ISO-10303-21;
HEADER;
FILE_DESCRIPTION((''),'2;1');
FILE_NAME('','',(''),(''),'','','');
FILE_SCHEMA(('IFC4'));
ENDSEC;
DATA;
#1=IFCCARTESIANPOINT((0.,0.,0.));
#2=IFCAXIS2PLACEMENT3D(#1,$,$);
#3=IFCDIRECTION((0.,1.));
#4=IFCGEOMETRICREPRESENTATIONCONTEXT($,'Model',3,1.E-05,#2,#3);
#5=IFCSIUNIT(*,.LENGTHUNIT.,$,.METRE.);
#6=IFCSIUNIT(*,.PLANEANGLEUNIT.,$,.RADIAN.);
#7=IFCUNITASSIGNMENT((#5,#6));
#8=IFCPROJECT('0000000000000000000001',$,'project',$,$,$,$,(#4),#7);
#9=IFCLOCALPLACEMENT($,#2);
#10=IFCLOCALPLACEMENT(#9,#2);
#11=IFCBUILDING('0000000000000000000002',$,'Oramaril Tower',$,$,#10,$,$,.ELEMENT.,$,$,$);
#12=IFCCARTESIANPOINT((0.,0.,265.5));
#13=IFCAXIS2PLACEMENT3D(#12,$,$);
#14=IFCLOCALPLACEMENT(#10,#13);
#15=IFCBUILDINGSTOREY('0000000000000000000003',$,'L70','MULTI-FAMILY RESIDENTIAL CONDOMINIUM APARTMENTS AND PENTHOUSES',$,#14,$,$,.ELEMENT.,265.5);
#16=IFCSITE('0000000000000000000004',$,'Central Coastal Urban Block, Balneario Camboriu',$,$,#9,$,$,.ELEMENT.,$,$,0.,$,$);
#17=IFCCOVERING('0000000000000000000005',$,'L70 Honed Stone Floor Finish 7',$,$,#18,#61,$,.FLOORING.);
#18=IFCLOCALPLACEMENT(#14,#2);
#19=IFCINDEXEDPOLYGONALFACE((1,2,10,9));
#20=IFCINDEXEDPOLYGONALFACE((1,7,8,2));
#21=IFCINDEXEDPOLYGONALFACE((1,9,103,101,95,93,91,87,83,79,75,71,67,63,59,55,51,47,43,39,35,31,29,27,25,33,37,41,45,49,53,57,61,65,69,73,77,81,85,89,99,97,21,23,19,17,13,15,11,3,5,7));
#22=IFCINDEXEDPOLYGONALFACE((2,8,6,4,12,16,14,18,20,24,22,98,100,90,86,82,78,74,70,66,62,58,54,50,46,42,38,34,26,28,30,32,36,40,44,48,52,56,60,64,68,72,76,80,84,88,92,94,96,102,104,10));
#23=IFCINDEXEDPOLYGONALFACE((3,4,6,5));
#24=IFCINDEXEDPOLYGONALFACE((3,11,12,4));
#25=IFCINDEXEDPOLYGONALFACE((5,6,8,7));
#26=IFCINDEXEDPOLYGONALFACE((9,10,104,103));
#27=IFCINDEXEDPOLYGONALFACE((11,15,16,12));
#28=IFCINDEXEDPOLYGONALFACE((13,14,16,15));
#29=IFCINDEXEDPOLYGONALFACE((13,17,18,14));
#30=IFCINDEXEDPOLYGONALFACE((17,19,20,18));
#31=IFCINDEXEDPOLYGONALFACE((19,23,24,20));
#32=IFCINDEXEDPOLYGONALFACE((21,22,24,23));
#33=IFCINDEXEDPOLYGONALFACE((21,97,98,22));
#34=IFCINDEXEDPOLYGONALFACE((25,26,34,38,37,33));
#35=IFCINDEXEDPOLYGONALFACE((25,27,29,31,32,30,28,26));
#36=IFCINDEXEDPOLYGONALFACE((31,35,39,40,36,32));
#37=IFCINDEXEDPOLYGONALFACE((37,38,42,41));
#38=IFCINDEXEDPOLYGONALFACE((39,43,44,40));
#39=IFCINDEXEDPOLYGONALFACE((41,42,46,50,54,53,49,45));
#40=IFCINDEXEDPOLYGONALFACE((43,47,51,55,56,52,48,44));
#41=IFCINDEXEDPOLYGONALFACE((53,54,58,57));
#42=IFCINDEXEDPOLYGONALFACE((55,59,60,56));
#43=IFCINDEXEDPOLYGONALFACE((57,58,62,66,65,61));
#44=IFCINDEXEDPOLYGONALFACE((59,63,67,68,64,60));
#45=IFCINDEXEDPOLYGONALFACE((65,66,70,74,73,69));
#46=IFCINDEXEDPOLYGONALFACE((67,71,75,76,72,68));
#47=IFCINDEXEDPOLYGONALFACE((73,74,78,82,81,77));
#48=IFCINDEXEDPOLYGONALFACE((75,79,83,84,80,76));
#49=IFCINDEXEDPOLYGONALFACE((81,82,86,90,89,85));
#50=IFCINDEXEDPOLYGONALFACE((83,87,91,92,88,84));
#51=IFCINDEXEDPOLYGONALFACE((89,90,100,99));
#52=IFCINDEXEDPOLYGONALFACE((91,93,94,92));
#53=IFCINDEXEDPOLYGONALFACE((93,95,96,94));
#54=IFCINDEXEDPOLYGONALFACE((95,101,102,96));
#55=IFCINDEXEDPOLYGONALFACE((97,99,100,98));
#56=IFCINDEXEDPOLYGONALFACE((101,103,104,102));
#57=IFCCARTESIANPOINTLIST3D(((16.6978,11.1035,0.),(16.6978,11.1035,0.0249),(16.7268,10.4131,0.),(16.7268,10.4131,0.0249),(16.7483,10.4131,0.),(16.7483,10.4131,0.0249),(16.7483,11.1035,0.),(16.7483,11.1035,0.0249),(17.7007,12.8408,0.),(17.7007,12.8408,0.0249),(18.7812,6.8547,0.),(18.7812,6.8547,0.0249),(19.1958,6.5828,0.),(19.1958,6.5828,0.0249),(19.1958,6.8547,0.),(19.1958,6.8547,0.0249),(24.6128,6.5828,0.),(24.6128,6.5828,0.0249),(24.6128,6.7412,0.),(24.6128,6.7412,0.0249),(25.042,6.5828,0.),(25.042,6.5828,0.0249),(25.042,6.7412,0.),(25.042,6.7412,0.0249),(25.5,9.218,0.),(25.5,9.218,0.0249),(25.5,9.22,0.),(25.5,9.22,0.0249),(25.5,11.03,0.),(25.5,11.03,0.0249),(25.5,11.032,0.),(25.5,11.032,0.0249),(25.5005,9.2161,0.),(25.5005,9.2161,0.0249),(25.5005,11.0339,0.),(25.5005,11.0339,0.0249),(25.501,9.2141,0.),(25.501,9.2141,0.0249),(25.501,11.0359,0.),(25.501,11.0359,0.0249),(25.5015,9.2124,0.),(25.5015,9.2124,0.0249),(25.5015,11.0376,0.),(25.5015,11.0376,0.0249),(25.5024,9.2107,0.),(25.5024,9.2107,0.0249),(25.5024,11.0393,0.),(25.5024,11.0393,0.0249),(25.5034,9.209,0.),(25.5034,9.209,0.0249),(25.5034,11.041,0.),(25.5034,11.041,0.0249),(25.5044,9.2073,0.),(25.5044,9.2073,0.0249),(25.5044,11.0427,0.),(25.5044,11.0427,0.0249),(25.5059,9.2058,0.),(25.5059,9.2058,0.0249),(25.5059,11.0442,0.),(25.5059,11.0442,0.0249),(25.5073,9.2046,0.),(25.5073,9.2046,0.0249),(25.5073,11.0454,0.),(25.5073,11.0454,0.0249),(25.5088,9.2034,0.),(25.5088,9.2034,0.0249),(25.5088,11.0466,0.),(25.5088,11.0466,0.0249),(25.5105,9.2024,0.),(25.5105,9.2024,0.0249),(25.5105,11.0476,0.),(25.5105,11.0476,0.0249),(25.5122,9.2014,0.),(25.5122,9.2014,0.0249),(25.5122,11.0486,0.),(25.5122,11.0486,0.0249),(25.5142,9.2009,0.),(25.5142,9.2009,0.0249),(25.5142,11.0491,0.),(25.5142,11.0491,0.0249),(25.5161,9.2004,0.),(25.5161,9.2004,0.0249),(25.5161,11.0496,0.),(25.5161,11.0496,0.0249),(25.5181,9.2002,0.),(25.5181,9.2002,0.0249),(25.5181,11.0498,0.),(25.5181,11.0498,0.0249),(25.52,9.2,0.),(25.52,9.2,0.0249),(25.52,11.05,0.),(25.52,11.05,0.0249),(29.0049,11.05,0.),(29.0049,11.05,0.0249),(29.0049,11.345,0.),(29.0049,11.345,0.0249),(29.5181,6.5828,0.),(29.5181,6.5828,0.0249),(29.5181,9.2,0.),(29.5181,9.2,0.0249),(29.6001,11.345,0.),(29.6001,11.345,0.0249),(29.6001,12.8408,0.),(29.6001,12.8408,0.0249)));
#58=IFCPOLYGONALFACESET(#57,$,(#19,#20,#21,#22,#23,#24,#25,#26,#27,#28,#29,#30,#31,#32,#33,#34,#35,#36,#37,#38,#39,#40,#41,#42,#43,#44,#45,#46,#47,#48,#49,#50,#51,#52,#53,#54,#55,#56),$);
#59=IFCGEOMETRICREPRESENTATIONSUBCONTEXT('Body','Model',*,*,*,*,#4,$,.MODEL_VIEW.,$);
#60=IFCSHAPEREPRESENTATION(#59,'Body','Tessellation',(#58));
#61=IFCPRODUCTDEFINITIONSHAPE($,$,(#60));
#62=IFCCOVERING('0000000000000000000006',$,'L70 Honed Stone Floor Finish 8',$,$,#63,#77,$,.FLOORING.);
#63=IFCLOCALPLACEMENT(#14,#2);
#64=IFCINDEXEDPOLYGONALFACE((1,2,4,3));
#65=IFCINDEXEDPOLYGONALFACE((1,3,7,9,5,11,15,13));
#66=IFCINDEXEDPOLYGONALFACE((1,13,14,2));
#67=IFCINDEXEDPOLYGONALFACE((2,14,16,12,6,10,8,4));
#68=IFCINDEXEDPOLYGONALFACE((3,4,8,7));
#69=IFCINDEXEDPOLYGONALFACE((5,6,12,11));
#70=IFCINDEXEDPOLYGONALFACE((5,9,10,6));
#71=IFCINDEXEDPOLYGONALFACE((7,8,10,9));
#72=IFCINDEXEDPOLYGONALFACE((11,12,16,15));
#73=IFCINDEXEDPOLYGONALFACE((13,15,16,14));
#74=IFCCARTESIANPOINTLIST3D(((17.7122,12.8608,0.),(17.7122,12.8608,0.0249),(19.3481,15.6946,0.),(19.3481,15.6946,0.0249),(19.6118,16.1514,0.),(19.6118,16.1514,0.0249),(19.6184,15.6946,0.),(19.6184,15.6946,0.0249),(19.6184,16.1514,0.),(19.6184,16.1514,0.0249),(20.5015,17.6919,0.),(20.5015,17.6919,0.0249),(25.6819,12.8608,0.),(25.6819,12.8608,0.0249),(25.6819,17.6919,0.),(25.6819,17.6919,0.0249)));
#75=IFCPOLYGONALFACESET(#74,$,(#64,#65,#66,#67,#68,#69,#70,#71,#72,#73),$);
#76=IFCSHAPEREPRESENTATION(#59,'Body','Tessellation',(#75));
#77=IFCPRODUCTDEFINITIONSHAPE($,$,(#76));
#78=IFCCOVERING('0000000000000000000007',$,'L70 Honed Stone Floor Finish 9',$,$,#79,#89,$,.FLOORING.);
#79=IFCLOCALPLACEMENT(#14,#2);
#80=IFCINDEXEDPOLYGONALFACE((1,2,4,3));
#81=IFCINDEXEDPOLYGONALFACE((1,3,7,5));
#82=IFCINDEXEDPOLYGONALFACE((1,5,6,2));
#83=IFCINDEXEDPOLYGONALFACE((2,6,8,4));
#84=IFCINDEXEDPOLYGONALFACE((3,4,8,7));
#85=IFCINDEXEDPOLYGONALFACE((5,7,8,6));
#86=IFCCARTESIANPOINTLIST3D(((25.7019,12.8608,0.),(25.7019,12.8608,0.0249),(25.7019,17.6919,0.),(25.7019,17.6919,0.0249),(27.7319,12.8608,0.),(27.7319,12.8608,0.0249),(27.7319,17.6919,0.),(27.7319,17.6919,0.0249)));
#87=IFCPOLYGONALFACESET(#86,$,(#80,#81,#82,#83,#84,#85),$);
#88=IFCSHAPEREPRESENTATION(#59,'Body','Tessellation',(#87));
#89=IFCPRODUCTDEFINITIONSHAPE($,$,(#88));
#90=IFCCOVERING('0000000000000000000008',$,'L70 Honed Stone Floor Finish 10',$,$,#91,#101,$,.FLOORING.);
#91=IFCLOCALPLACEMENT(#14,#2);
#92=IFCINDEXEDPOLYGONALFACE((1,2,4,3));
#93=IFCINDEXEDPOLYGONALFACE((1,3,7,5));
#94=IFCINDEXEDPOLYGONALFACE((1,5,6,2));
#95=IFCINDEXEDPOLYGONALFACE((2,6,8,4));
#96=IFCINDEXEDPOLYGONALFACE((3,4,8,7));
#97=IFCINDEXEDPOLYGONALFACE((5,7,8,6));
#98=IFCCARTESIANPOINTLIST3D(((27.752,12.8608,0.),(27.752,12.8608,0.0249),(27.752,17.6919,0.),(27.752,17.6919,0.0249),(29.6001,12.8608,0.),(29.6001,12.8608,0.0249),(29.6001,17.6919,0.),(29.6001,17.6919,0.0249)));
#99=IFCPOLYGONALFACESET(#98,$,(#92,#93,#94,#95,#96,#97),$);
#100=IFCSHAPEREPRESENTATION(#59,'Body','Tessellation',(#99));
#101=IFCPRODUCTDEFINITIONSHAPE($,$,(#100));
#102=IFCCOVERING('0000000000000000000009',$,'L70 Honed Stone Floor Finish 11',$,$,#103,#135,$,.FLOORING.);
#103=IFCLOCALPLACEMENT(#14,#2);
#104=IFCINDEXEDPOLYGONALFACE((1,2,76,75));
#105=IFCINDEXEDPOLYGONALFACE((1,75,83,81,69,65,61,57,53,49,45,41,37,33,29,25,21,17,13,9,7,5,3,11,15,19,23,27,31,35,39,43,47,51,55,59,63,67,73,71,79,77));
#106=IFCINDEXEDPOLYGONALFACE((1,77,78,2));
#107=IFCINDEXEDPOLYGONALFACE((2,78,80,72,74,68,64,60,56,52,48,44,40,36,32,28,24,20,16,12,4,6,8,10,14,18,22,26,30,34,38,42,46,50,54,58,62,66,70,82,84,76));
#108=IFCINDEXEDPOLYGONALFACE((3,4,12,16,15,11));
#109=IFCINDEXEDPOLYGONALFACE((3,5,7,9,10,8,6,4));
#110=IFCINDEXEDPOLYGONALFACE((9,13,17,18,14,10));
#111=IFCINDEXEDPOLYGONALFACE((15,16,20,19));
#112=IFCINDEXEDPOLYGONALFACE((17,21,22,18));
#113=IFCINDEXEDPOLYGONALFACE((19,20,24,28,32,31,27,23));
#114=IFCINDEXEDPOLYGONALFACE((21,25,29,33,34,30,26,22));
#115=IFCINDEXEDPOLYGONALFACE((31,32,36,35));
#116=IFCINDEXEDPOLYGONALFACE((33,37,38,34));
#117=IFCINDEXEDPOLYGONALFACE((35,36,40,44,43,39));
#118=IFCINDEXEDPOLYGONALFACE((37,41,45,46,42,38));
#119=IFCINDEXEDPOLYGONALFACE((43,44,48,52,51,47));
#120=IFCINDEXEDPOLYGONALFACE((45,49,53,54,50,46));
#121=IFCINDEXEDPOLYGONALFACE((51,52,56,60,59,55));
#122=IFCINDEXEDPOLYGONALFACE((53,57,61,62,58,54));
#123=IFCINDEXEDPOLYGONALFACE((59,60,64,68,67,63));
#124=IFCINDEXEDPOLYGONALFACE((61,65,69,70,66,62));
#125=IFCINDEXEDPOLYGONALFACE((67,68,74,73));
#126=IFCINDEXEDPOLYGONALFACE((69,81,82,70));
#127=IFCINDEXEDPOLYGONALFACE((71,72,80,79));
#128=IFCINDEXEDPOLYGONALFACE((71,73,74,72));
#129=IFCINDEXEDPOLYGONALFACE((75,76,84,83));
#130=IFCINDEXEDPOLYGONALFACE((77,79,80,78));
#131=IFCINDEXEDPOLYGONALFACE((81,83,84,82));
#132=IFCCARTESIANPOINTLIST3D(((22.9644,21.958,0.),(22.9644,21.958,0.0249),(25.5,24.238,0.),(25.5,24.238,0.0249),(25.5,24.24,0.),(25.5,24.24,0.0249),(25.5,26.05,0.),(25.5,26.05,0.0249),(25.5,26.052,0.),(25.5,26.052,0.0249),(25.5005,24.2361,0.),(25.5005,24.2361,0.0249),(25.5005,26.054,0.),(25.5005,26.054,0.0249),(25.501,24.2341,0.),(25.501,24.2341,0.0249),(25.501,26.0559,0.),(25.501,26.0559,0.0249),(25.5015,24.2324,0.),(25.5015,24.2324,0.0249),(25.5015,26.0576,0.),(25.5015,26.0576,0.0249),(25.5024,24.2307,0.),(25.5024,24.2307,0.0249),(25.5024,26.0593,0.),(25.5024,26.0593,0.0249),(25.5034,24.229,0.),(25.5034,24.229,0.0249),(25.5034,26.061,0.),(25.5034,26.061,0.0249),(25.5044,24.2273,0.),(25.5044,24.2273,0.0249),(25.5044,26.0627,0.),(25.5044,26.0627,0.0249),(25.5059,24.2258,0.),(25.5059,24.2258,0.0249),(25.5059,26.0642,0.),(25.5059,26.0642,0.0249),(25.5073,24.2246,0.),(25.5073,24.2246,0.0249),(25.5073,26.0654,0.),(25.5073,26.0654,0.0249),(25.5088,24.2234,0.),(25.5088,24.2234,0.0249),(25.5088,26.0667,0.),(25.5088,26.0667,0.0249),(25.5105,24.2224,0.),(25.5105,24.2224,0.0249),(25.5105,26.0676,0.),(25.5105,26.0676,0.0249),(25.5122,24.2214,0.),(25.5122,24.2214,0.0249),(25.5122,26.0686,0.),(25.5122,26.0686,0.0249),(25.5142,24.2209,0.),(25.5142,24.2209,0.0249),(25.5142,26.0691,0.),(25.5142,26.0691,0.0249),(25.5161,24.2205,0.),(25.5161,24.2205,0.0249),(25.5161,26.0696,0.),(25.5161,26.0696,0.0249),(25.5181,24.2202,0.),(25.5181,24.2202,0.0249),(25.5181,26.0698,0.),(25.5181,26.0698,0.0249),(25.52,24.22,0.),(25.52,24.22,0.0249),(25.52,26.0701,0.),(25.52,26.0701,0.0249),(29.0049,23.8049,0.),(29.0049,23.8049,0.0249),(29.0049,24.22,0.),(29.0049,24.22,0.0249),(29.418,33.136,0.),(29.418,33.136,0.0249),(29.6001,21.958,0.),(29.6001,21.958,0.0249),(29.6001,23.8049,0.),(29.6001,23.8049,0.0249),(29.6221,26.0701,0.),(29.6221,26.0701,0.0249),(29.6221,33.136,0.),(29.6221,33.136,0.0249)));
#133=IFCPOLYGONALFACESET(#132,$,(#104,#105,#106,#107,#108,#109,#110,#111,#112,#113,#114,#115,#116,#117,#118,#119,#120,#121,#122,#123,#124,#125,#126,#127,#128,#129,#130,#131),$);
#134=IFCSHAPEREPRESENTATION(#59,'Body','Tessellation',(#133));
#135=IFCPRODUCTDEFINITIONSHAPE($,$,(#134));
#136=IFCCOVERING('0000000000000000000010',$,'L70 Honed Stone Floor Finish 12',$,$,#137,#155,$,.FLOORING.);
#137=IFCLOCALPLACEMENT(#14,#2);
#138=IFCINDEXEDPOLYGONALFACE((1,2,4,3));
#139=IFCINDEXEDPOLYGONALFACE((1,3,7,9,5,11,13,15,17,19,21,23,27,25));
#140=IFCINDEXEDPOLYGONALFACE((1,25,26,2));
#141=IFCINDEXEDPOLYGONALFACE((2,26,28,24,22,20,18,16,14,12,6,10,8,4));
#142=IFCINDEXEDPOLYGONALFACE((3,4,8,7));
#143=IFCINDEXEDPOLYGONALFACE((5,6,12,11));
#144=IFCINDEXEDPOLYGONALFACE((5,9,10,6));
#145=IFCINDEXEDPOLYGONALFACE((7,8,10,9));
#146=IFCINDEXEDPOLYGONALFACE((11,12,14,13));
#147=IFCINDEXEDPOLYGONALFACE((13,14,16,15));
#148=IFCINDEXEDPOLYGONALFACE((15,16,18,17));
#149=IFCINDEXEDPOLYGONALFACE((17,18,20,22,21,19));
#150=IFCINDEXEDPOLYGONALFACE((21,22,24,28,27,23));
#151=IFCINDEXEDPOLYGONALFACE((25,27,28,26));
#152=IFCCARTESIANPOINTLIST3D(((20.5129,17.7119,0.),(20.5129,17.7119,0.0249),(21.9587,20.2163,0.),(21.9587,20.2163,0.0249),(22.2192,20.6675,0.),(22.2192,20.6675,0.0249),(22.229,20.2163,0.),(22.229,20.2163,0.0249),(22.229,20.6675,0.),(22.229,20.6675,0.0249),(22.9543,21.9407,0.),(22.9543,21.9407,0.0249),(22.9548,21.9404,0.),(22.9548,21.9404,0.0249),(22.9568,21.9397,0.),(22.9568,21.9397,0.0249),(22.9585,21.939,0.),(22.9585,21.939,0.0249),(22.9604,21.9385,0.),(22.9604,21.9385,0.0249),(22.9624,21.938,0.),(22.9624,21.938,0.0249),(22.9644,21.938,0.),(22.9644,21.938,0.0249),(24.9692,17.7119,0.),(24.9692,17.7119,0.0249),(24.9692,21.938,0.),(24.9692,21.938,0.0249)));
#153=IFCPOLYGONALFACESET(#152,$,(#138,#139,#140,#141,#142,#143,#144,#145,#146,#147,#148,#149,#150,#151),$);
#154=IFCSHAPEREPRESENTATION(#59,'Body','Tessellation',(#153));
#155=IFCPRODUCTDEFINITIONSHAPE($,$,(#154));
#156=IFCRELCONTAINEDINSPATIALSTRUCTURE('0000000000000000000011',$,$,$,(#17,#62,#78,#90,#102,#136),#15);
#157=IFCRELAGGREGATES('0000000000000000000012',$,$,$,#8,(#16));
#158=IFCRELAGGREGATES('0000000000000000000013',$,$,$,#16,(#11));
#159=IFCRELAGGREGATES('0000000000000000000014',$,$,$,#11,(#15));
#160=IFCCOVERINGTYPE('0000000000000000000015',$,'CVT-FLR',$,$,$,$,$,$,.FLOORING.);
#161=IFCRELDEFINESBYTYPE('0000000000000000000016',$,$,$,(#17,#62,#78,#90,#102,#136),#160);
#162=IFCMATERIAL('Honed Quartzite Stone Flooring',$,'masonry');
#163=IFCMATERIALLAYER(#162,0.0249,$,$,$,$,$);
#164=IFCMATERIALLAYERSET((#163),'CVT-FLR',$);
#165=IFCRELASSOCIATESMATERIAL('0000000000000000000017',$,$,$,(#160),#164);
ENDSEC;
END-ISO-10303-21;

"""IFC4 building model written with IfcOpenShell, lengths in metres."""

from ifc_helpers import new_model, si_unit, direction, frame, origin, place, context, subcontext, project, spatial, polyline, outline, extrude, material, layer, layer_set, type_object, element, save


model = new_model("IFC4")

# Units and contexts
model_context = context("Model", 3, precision=1e-05, world=origin(), true_north=direction((0.0, 1.0)))
body_context = subcontext(model_context, "Body", "Model", "MODEL_VIEW")
ifc_project = project(units=[si_unit("LENGTHUNIT", "METRE"), si_unit("PLANEANGLEUNIT", "RADIAN")], contexts=[model_context])

# Site, building, storey
site_placement = place(None, origin())
site = spatial("IfcSite", under=ifc_project, at=site_placement, Name="Central Coastal Urban Block, Balneario Camboriu", CompositionType="ELEMENT", RefElevation=0.0)
building_placement = place(site_placement, origin())
building = spatial("IfcBuilding", under=site, at=building_placement, Name="Oramaril Tower", CompositionType="ELEMENT")
storey_placement = place(building_placement, frame((0.0, 0.0, 265.5)))
storey = spatial("IfcBuildingStorey", under=building, at=storey_placement, Name="L70", Description="MULTI-FAMILY RESIDENTIAL CONDOMINIUM APARTMENTS AND PENTHOUSES", CompositionType="ELEMENT", Elevation=265.5)

# Coverings
ifc_material_1 = material(Name="Honed Quartzite Stone Flooring", Category="masonry")
ifc_layer_1 = layer(ifc_material_1, 0.0249)
ifc_layer_set_1 = layer_set([ifc_layer_1], Name="CVT-FLR")
covering_type_1 = type_object("IfcCoveringType", Name="CVT-FLR", PredefinedType="FLOORING", material=ifc_layer_set_1)
covering_1_placement = place(storey_placement, origin())
element("IfcCovering", 1, at=covering_1_placement, inside=storey, type_object=covering_type_1, Name="L70 Honed Stone Floor Finish 7", PredefinedType="FLOORING", context=body_context, shape_type="SweptSolid", body=[
    extrude(outline(polyline([(29.6001, 12.8408), (29.6001, 11.345), (29.0049, 11.345), (29.0049, 11.05), (25.52, 11.05), (25.5181, 11.0498), (25.5161, 11.0496), (25.5142, 11.0491), (25.5122, 11.0486), (25.5105, 11.0476), (25.5088, 11.0466), (25.5073, 11.0454), (25.5059, 11.0442), (25.5044, 11.0427), (25.5034, 11.041), (25.5024, 11.0393), (25.5015, 11.0376), (25.501, 11.0359), (25.5005, 11.0339), (25.5, 11.032), (25.5, 11.03), (25.5, 9.22), (25.5, 9.218), (25.5005, 9.2161), (25.501, 9.2141), (25.5015, 9.2124), (25.5024, 9.2107), (25.5034, 9.209), (25.5044, 9.2073), (25.5059, 9.2058), (25.5073, 9.2046), (25.5088, 9.2034), (25.5105, 9.2024), (25.5122, 9.2014), (25.5142, 9.2009), (25.5161, 9.2004), (25.5181, 9.2002), (25.52, 9.2), (29.5181, 9.2), (29.5181, 6.5828), (25.042, 6.5828), (25.042, 6.7412), (24.6128, 6.7412), (24.6128, 6.5828), (19.1958, 6.5828), (19.1958, 6.8547), (18.7812, 6.8547), (16.7268, 10.4131), (16.7483, 10.4131), (16.7483, 11.1035), (16.6978, 11.1035), (17.7007, 12.8408), (29.6001, 12.8408)])), origin(), (0.0, 0.0, 1.0), 0.0249),
])
covering_2_placement = place(storey_placement, origin())
element("IfcCovering", 2, at=covering_2_placement, inside=storey, type_object=covering_type_1, Name="L70 Honed Stone Floor Finish 8", PredefinedType="FLOORING", context=body_context, shape_type="SweptSolid", body=[
    extrude(outline(polyline([(19.3481, 15.6946), (19.6184, 15.6946), (19.6184, 16.1514), (19.6118, 16.1514), (20.5015, 17.6919), (25.6819, 17.6919), (25.6819, 12.8608), (17.7122, 12.8608), (19.3481, 15.6946)])), origin(), (0.0, 0.0, 1.0), 0.0249),
])
covering_3_placement = place(storey_placement, origin())
element("IfcCovering", 3, at=covering_3_placement, inside=storey, type_object=covering_type_1, Name="L70 Honed Stone Floor Finish 9", PredefinedType="FLOORING", context=body_context, shape_type="SweptSolid", body=[
    extrude(outline(polyline([(27.7319, 17.6919), (27.7319, 12.8608), (25.7019, 12.8608), (25.7019, 17.6919), (27.7319, 17.6919)])), origin(), (0.0, 0.0, 1.0), 0.0249),
])
covering_4_placement = place(storey_placement, origin())
element("IfcCovering", 4, at=covering_4_placement, inside=storey, type_object=covering_type_1, Name="L70 Honed Stone Floor Finish 10", PredefinedType="FLOORING", context=body_context, shape_type="SweptSolid", body=[
    extrude(outline(polyline([(29.6001, 17.6919), (29.6001, 12.8608), (27.752, 12.8608), (27.752, 17.6919), (29.6001, 17.6919)])), origin(), (0.0, 0.0, 1.0), 0.0249),
])
covering_5_placement = place(storey_placement, origin())
element("IfcCovering", 5, at=covering_5_placement, inside=storey, type_object=covering_type_1, Name="L70 Honed Stone Floor Finish 11", PredefinedType="FLOORING", context=body_context, shape_type="SweptSolid", body=[
    extrude(outline(polyline([(29.0049, 23.8049), (29.6001, 23.8049), (29.6001, 21.958), (22.9644, 21.958), (29.418, 33.136), (29.6221, 33.136), (29.6221, 26.0701), (25.52, 26.0701), (25.5181, 26.0698), (25.5161, 26.0696), (25.5142, 26.0691), (25.5122, 26.0686), (25.5105, 26.0676), (25.5088, 26.0667), (25.5073, 26.0654), (25.5059, 26.0642), (25.5044, 26.0627), (25.5034, 26.061), (25.5024, 26.0593), (25.5015, 26.0576), (25.501, 26.0559), (25.5005, 26.054), (25.5, 26.052), (25.5, 26.05), (25.5, 24.24), (25.5, 24.238), (25.5005, 24.2361), (25.501, 24.2341), (25.5015, 24.2324), (25.5024, 24.2307), (25.5034, 24.229), (25.5044, 24.2273), (25.5059, 24.2258), (25.5073, 24.2246), (25.5088, 24.2234), (25.5105, 24.2224), (25.5122, 24.2214), (25.5142, 24.2209), (25.5161, 24.2205), (25.5181, 24.2202), (25.52, 24.22), (29.0049, 24.22), (29.0049, 23.8049)])), origin(), (0.0, 0.0, 1.0), 0.0249),
])
covering_6_placement = place(storey_placement, origin())
element("IfcCovering", 6, at=covering_6_placement, inside=storey, type_object=covering_type_1, Name="L70 Honed Stone Floor Finish 12", PredefinedType="FLOORING", context=body_context, shape_type="SweptSolid", body=[
    extrude(outline(polyline([(22.229, 20.2163), (22.229, 20.6675), (22.2192, 20.6675), (22.9543, 21.9407), (22.9548, 21.9404), (22.9568, 21.9397), (22.9585, 21.939), (22.9604, 21.9385), (22.9624, 21.938), (22.9644, 21.938), (24.9692, 21.938), (24.9692, 17.7119), (20.5129, 17.7119), (21.9587, 20.2163), (22.229, 20.2163)])), origin(), (0.0, 0.0, 1.0), 0.0249),
])

save(model, "model.ifc")
